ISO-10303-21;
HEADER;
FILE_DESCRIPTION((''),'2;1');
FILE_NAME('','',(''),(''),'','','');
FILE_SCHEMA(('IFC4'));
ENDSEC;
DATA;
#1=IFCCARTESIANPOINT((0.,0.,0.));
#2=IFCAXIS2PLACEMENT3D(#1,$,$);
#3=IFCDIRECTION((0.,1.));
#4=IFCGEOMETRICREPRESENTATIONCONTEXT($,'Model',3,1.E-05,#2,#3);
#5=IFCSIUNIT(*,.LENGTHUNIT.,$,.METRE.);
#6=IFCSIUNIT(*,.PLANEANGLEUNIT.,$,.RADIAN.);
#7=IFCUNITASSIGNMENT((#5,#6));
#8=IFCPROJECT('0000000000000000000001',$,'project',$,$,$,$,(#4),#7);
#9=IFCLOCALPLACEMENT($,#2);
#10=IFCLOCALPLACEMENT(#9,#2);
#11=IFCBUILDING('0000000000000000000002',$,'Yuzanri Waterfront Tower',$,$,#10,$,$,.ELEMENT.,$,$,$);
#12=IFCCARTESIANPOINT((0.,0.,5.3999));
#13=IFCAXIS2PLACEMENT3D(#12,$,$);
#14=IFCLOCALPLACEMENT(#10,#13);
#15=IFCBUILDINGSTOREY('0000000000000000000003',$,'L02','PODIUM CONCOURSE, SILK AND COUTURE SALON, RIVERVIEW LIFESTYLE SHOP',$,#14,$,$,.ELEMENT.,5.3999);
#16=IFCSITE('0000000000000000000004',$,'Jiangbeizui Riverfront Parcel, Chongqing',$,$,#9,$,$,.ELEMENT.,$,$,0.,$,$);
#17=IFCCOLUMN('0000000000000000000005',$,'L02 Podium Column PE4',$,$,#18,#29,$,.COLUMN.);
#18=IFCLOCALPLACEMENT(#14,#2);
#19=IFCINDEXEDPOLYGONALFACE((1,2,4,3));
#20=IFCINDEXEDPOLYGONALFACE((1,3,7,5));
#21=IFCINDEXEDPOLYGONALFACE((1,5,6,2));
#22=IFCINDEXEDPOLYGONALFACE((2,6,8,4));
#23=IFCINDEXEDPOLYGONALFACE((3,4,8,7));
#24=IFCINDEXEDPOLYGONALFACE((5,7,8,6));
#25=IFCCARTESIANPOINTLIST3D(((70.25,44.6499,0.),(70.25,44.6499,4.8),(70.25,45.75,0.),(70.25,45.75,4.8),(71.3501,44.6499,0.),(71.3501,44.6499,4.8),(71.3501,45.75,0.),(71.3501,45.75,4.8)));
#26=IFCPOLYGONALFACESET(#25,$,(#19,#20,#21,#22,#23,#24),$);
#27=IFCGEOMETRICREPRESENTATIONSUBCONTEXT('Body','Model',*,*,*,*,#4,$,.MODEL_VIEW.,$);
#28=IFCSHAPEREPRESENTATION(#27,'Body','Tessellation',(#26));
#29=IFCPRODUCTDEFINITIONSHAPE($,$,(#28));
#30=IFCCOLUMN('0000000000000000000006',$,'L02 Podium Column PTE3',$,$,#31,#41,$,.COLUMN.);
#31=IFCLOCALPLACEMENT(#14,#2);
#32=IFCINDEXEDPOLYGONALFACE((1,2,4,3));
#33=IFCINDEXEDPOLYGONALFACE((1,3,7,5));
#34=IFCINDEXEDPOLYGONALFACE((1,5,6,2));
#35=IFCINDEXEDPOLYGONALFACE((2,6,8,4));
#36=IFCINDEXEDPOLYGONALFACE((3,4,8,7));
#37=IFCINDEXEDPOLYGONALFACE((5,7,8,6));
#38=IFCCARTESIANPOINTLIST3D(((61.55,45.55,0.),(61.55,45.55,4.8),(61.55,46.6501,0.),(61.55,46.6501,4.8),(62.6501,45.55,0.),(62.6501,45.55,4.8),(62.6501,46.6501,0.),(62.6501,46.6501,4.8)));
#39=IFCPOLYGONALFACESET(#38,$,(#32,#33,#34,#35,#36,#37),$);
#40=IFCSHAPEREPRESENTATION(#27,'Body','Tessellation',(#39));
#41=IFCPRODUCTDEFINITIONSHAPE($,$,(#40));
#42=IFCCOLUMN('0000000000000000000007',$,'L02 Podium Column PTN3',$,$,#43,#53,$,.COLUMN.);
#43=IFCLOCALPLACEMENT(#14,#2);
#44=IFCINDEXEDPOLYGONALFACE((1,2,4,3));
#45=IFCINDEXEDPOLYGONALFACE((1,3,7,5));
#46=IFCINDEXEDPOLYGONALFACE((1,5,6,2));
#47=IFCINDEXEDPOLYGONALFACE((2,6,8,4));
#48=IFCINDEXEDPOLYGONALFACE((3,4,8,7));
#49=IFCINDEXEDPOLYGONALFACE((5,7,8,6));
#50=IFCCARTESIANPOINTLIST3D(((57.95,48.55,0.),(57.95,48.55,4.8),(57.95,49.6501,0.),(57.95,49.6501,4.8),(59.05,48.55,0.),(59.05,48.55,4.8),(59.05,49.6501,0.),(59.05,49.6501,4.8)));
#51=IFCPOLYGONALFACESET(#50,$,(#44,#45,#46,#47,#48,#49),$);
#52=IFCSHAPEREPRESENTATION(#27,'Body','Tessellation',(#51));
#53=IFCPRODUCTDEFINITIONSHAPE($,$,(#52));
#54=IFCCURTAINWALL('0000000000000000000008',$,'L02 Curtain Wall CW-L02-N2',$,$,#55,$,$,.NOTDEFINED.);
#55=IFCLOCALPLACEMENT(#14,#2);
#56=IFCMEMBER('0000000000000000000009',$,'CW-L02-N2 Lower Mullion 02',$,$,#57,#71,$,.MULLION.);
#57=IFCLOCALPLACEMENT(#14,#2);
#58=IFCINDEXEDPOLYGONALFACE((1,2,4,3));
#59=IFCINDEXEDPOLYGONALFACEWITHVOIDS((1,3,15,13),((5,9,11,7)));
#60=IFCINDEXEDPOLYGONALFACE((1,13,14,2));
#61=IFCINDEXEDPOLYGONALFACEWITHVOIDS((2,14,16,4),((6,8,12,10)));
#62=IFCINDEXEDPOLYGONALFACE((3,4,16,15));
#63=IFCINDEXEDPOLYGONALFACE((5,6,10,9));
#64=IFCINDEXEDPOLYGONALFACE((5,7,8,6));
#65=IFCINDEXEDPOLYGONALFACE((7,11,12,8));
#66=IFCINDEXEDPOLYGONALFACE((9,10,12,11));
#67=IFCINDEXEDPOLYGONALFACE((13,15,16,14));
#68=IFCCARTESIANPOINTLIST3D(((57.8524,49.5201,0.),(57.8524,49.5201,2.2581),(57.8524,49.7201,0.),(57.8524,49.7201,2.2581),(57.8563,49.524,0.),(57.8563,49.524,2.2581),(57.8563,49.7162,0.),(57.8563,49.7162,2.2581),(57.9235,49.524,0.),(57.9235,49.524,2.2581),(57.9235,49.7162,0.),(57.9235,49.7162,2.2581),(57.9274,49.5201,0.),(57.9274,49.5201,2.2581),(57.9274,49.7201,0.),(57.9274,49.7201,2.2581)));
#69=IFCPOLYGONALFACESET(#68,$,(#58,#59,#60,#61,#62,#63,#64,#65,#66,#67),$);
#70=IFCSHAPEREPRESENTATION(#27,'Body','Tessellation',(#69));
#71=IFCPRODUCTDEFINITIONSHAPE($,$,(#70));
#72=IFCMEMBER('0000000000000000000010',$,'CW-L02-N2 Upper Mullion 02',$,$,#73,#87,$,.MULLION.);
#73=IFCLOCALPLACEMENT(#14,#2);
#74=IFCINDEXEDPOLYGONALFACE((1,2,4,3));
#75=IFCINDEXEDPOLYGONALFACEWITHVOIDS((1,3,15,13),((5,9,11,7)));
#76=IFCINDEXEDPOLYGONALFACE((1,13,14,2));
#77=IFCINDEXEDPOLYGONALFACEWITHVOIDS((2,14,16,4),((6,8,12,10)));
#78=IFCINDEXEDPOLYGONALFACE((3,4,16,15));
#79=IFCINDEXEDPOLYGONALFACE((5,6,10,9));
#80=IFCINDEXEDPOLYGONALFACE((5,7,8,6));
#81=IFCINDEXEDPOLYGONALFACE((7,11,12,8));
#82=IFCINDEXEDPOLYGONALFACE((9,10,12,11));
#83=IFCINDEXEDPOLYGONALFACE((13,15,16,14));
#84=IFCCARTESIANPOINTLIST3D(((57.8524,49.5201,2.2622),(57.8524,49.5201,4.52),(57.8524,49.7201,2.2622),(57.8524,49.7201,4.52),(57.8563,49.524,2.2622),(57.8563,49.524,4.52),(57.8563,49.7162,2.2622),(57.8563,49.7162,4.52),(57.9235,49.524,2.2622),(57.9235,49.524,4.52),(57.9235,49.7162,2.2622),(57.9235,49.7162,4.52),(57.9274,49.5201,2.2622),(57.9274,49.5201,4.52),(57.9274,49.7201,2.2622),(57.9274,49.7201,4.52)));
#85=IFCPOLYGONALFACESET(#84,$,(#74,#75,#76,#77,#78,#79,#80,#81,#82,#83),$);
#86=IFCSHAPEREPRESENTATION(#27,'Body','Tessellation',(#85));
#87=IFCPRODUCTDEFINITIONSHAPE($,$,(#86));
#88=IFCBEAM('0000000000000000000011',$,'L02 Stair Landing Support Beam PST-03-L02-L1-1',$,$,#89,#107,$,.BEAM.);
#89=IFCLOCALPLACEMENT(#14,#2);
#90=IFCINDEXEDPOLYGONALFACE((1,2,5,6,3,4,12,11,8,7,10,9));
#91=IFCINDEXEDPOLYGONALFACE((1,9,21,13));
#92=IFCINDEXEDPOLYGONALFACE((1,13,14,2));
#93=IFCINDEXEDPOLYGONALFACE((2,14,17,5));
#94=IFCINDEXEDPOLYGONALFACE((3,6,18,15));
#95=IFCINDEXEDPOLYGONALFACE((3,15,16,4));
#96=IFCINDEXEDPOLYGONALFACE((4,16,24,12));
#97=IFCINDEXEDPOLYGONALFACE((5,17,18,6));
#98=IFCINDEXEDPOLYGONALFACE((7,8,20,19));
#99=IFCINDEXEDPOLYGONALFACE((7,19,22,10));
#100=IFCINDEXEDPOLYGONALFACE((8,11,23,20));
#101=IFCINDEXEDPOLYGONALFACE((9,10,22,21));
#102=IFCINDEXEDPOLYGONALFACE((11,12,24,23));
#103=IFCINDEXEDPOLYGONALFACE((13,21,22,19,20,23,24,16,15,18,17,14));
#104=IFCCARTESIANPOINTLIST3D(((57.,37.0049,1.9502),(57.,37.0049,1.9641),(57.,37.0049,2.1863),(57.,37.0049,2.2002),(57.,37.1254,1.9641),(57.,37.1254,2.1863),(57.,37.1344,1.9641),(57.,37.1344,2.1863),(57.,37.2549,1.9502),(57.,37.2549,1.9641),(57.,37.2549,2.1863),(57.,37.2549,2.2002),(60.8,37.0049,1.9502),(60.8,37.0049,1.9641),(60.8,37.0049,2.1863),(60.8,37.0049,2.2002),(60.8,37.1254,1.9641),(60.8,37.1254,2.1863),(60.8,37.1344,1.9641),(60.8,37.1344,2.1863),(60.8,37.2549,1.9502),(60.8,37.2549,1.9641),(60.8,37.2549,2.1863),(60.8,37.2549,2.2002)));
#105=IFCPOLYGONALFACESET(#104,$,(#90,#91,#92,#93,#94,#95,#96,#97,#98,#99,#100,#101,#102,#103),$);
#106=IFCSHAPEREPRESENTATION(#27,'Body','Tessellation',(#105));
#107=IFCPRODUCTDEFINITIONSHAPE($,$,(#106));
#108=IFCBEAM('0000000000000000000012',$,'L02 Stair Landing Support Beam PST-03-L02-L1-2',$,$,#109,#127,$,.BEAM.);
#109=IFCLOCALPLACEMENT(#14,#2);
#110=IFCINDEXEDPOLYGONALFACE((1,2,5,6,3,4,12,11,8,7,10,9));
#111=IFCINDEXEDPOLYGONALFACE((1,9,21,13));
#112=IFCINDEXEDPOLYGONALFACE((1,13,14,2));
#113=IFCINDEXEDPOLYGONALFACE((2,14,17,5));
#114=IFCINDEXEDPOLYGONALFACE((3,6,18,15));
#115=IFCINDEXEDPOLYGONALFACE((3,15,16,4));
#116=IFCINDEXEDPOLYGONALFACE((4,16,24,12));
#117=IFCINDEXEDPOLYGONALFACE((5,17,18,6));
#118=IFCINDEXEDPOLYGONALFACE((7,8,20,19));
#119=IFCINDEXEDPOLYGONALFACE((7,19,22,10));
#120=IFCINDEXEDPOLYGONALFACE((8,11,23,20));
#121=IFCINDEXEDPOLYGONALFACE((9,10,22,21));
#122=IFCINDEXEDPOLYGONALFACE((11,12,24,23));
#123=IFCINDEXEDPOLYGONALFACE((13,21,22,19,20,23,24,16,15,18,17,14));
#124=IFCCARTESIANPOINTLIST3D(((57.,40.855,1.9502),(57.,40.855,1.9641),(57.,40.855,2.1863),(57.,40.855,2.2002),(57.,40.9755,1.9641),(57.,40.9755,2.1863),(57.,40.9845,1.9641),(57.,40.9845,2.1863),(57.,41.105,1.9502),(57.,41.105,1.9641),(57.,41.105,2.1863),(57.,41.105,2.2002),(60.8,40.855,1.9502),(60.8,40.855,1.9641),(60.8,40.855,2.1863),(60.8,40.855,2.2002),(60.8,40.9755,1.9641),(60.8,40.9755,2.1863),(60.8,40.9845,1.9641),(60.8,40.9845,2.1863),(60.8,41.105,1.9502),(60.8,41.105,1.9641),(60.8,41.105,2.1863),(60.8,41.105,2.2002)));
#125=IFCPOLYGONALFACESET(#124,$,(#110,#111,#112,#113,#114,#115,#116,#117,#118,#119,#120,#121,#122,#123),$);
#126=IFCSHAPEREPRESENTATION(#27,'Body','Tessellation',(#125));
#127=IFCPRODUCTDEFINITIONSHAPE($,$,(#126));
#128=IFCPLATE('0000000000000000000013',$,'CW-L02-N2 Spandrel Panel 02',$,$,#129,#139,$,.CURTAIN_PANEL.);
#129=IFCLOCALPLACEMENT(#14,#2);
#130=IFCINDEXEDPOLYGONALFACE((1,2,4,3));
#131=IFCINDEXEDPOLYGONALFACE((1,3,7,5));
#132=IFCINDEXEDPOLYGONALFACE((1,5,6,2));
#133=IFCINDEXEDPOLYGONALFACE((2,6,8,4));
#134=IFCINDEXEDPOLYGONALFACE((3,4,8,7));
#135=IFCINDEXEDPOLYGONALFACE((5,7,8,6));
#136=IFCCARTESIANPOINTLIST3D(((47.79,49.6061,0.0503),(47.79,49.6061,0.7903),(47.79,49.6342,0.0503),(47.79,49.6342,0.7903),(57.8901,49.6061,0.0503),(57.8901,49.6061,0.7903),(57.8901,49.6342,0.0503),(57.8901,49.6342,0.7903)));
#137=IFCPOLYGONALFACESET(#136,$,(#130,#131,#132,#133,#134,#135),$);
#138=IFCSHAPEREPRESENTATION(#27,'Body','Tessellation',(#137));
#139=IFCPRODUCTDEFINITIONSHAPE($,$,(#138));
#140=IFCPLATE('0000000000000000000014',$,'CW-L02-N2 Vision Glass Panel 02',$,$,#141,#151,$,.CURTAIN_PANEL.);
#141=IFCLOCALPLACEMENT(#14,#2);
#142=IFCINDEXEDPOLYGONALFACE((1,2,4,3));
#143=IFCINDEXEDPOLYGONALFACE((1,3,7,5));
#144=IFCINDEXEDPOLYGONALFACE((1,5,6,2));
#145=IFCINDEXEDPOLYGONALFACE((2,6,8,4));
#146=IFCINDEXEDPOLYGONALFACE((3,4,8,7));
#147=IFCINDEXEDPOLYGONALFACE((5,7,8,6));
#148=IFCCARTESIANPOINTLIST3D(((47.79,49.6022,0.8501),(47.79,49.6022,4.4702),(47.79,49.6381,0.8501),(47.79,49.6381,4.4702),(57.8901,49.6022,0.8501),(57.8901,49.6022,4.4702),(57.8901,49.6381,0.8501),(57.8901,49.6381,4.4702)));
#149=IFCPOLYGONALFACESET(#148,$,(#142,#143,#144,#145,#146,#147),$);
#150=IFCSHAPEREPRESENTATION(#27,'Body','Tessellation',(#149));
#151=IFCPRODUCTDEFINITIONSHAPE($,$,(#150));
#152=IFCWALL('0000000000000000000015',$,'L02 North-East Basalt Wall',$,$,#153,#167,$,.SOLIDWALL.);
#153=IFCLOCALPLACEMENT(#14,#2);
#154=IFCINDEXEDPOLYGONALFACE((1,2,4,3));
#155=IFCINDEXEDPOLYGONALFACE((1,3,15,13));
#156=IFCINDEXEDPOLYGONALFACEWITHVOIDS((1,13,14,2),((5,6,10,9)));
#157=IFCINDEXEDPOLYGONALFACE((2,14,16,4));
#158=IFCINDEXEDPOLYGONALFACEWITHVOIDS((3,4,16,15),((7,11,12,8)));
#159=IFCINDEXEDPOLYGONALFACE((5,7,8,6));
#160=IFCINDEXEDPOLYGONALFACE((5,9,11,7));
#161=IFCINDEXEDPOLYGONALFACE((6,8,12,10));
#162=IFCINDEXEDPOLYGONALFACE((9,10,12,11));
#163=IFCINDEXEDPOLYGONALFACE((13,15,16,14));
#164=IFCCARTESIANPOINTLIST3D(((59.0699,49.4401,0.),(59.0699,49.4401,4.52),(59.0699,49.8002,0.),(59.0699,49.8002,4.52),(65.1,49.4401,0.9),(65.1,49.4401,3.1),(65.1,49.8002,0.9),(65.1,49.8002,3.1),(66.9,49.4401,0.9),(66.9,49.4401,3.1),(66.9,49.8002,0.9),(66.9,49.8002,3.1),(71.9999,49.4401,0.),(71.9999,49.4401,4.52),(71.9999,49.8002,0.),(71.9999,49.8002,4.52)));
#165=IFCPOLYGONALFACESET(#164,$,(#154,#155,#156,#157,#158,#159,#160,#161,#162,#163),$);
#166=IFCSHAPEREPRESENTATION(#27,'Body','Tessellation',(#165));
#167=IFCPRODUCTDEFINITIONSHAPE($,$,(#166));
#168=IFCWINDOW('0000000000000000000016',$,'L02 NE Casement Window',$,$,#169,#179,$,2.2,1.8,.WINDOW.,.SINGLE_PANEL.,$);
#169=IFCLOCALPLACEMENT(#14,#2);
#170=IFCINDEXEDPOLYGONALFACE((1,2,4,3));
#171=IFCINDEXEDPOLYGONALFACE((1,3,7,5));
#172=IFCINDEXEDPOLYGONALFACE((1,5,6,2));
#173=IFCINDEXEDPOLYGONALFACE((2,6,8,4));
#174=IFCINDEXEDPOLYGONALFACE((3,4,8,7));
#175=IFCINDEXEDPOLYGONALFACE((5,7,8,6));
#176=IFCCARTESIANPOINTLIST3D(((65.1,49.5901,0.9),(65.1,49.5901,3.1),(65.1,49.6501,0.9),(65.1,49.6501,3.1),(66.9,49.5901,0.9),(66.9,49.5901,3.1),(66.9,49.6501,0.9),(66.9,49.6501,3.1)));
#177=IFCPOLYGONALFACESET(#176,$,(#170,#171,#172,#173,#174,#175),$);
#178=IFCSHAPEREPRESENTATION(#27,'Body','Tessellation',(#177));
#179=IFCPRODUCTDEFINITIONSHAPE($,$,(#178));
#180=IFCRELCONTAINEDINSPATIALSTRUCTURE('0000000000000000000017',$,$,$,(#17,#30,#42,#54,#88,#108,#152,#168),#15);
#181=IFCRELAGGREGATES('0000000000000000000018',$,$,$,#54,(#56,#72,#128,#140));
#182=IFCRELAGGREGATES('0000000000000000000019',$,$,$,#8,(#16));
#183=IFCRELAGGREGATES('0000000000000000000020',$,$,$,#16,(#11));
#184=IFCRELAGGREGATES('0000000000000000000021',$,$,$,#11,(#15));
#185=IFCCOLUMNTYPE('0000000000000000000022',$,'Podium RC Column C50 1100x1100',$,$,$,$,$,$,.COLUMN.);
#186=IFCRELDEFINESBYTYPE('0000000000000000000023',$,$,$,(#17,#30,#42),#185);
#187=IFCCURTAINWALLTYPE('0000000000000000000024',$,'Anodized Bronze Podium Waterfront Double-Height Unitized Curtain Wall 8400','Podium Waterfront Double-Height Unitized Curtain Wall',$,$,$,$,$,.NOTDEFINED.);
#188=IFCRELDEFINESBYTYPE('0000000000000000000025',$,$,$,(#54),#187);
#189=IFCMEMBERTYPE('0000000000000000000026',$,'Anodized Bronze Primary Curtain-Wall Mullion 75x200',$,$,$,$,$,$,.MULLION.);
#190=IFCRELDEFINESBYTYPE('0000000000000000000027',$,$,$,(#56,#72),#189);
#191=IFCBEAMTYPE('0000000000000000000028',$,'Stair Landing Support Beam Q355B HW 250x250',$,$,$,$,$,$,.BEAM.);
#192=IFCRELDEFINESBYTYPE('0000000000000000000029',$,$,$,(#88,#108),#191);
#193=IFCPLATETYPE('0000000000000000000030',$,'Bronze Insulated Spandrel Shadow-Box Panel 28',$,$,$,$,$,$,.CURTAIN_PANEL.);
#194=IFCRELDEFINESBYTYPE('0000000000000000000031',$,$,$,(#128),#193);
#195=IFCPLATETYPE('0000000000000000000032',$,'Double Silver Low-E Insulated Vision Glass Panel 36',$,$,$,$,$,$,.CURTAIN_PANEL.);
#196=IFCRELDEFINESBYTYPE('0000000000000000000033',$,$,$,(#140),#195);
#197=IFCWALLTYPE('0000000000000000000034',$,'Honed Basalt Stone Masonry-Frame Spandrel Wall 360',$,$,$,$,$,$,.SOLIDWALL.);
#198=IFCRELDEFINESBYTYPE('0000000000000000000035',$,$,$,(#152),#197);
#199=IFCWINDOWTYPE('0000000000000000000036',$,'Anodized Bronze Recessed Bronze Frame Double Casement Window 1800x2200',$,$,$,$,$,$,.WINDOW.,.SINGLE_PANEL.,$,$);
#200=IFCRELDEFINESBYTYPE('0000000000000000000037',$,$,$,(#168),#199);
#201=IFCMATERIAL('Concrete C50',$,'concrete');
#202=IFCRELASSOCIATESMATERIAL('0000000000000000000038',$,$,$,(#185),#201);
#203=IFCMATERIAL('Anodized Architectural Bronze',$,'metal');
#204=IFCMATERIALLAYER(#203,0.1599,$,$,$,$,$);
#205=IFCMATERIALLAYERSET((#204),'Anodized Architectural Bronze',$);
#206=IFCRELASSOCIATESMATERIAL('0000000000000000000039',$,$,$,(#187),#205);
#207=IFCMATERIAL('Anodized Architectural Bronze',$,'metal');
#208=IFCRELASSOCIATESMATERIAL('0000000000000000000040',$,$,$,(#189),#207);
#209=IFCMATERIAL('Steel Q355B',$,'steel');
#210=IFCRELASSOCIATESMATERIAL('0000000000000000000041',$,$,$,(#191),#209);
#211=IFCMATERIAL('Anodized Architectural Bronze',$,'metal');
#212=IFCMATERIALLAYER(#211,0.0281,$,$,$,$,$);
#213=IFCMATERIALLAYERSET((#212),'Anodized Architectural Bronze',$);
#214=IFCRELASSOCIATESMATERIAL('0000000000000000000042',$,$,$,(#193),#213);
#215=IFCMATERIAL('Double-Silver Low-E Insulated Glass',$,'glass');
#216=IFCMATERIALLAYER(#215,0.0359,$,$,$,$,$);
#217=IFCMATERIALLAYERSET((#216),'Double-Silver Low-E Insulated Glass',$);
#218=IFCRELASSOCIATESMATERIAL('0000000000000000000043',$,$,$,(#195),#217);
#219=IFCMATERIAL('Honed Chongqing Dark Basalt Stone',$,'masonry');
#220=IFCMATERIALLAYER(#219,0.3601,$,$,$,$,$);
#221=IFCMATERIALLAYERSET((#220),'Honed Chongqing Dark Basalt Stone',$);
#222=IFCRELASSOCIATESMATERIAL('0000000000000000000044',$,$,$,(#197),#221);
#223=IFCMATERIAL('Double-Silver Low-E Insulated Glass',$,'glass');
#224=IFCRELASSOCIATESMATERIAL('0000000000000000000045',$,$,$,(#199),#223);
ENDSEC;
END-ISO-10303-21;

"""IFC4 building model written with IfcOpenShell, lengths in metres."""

from ifc_helpers import new_model, si_unit, direction, frame, frame_2d, origin, origin_2d, place, context, subcontext, project, spatial, rectangle, hollow_rectangle, i_section, extrude, source, transform, mapped, material, layer, layer_set, material_profile, profile_set, type_object, element, fill, aggregate, save


model = new_model("IFC4")

# Units and contexts
model_context = context("Model", 3, precision=1e-05, world=origin(), true_north=direction((0.0, 1.0)))
body_context = subcontext(model_context, "Body", "Model", "MODEL_VIEW")
ifc_project = project(units=[si_unit("LENGTHUNIT", "METRE"), si_unit("PLANEANGLEUNIT", "RADIAN")], contexts=[model_context])

# Site, building, storey
site_placement = place(None, origin())
site = spatial("IfcSite", under=ifc_project, at=site_placement, Name="Jiangbeizui Riverfront Parcel, Chongqing", CompositionType="ELEMENT", RefElevation=0.0)
building_placement = place(site_placement, origin())
building = spatial("IfcBuilding", under=site, at=building_placement, Name="Yuzanri Waterfront Tower", CompositionType="ELEMENT")
storey_placement = place(building_placement, frame((0.0, 0.0, 5.3999)))
storey = spatial("IfcBuildingStorey", under=building, at=storey_placement, Name="L02", Description="PODIUM CONCOURSE, SILK AND COUTURE SALON, RIVERVIEW LIFESTYLE SHOP", CompositionType="ELEMENT", Elevation=5.3999)

# Columns
ifc_material_1 = material(Name="Concrete C50", Category="concrete")
ifc_material_profile_1 = material_profile(ifc_material_1, rectangle(XDim=1.1001, YDim=1.1001, at=origin_2d()), Name="RC 1100x1100")
ifc_profile_set_1 = profile_set([ifc_material_profile_1], Name="Concrete C50")
column_type = type_object("IfcColumnType", Name="Podium RC Column C50 1100x1100", PredefinedType="COLUMN", material=ifc_profile_set_1)
shared_shape_1 = source(origin(), body_context, "Body", "SweptSolid", [
    extrude(rectangle(XDim=1.1001, YDim=1.1001, at=origin_2d()), origin(), (0.0, 0.0, 1.0), 4.8),
])
for number, where, z_axis, x_axis, name in (
    (1, (70.8, 45.2, 0.0), (0.0, 0.0, 1.0), (1.0, 0.0, 0.0), "L02 Podium Column PE4"),
    (2, (62.1001, 46.1001, 0.0), (0.0, 0.0, 1.0), (1.0, 0.0, 0.0), "L02 Podium Column PTE3"),
    (3, (58.5, 49.1001, 0.0), (0.0, 0.0, 1.0), (1.0, 0.0, 0.0), "L02 Podium Column PTN3"),
):
    element("IfcColumn", number, at=place(storey_placement, frame(where, z_axis=z_axis, x_axis=x_axis)), inside=storey, type_object=column_type, Name=name, PredefinedType="COLUMN", context=body_context, shape_type="MappedRepresentation", body=[
        mapped(shared_shape_1, transform((0.0, 0.0, 0.0), scale=1.0)),
    ])

# Curtain wall, members
ifc_material_2 = material(Name="Anodized Architectural Bronze", Category="metal")
ifc_layer_1 = layer(ifc_material_2, 0.1599)
ifc_layer_set_1 = layer_set([ifc_layer_1], Name="Anodized Architectural Bronze")
curtain_wall_type = type_object("IfcCurtainWallType", Name="Anodized Bronze Podium Waterfront Double-Height Unitized Curtain Wall 8400", Description="Podium Waterfront Double-Height Unitized Curtain Wall", PredefinedType="NOTDEFINED", material=ifc_layer_set_1)
curtain_wall_placement = place(storey_placement, origin())
curtain_wall = element("IfcCurtainWall", 4, at=curtain_wall_placement, inside=storey, type_object=curtain_wall_type, Name="L02 Curtain Wall CW-L02-N2", PredefinedType="NOTDEFINED")
ifc_material_3 = material(Name="Anodized Architectural Bronze", Category="metal")
ifc_material_profile_2 = material_profile(ifc_material_3, hollow_rectangle(XDim=0.075, YDim=0.2, WallThickness=0.0039, at=origin_2d()), Name="CWM 75x200")
ifc_profile_set_2 = profile_set([ifc_material_profile_2], Name="Anodized Architectural Bronze")
member_type = type_object("IfcMemberType", Name="Anodized Bronze Primary Curtain-Wall Mullion 75x200", PredefinedType="MULLION", material=ifc_profile_set_2)
shared_shape_2 = source(origin(), body_context, "Body", "SweptSolid", [
    extrude(hollow_rectangle(XDim=0.075, YDim=0.2, WallThickness=0.0039, at=origin_2d()), origin(), (0.0, 0.0, 1.0), 2.2581),
])
member_1_placement = place(storey_placement, frame((57.8899, 49.6201, 0.0), z_axis=(0.0, 0.0, 1.0), x_axis=(1.0, 0.0, 0.0)))
member_1 = element("IfcMember", 5, at=member_1_placement, type_object=member_type, Name="CW-L02-N2 Lower Mullion 02", PredefinedType="MULLION", context=body_context, shape_type="MappedRepresentation", body=[
    mapped(shared_shape_2, transform((0.0, 0.0, 0.0), scale=1.0)),
])
shared_shape_3 = source(origin(), body_context, "Body", "SweptSolid", [
    extrude(hollow_rectangle(XDim=0.075, YDim=0.2, WallThickness=0.0039, at=origin_2d()), origin(), (0.0, 0.0, 1.0), 2.2578),
])
member_2_placement = place(storey_placement, frame((57.8899, 49.6201, 2.2622), z_axis=(0.0, 0.0, 1.0), x_axis=(1.0, 0.0, 0.0)))
member_2 = element("IfcMember", 6, at=member_2_placement, type_object=member_type, Name="CW-L02-N2 Upper Mullion 02", PredefinedType="MULLION", context=body_context, shape_type="MappedRepresentation", body=[
    mapped(shared_shape_3, transform((0.0, 0.0, 0.0), scale=1.0)),
])

# Beams
ifc_material_4 = material(Name="Steel Q355B", Category="steel")
ifc_material_profile_3 = material_profile(ifc_material_4, i_section(OverallWidth=0.25, OverallDepth=0.25, WebThickness=0.009, FlangeThickness=0.0139, at=origin_2d()), Name="HW 250x250x9x14")
ifc_profile_set_3 = profile_set([ifc_material_profile_3], Name="Steel Q355B")
beam_type = type_object("IfcBeamType", Name="Stair Landing Support Beam Q355B HW 250x250", PredefinedType="BEAM", material=ifc_profile_set_3)
shared_shape_4 = source(origin(), body_context, "Body", "SweptSolid", [
    extrude(i_section(OverallWidth=0.25, OverallDepth=0.25, WebThickness=0.009, FlangeThickness=0.0139, at=origin_2d()), origin(), (0.0, 0.0, 1.0), 3.8),
])
for number, where, z_axis, x_axis, name in (
    (7, (57.0, 37.1299, 2.0752), (1.0, 0.0, 0.0), (0.0, 1.0, 0.0), "L02 Stair Landing Support Beam PST-03-L02-L1-1"),
    (8, (57.0, 40.98, 2.0752), (1.0, 0.0, 0.0), (0.0, 1.0, 0.0), "L02 Stair Landing Support Beam PST-03-L02-L1-2"),
):
    element("IfcBeam", number, at=place(storey_placement, frame(where, z_axis=z_axis, x_axis=x_axis)), inside=storey, type_object=beam_type, Name=name, PredefinedType="BEAM", context=body_context, shape_type="MappedRepresentation", body=[
        mapped(shared_shape_4, transform((0.0, 0.0, 0.0), scale=1.0)),
    ])

# Plates
ifc_material_5 = material(Name="Anodized Architectural Bronze", Category="metal")
ifc_layer_2 = layer(ifc_material_5, 0.0281)
ifc_layer_set_2 = layer_set([ifc_layer_2], Name="Anodized Architectural Bronze")
plate_type_1 = type_object("IfcPlateType", Name="Bronze Insulated Spandrel Shadow-Box Panel 28", PredefinedType="CURTAIN_PANEL", material=ifc_layer_set_2)
shared_shape_5 = source(origin(), body_context, "Body", "SweptSolid", [
    extrude(rectangle(XDim=10.1001, YDim=0.0281, at=origin_2d()), origin(), (0.0, 0.0, 1.0), 0.74),
])
plate_1_placement = place(storey_placement, frame((52.8401, 49.6201, 0.0503), z_axis=(0.0, 0.0, 1.0), x_axis=(1.0, 0.0, 0.0)))
plate_1 = element("IfcPlate", 9, at=plate_1_placement, type_object=plate_type_1, Name="CW-L02-N2 Spandrel Panel 02", PredefinedType="CURTAIN_PANEL", context=body_context, shape_type="MappedRepresentation", body=[
    mapped(shared_shape_5, transform((0.0, 0.0, 0.0), scale=1.0)),
])
ifc_material_6 = material(Name="Double-Silver Low-E Insulated Glass", Category="glass")
ifc_layer_3 = layer(ifc_material_6, 0.0359)
ifc_layer_set_3 = layer_set([ifc_layer_3], Name="Double-Silver Low-E Insulated Glass")
plate_type_2 = type_object("IfcPlateType", Name="Double Silver Low-E Insulated Vision Glass Panel 36", PredefinedType="CURTAIN_PANEL", material=ifc_layer_set_3)
shared_shape_6 = source(origin(), body_context, "Body", "SweptSolid", [
    extrude(rectangle(XDim=10.1001, YDim=0.0359, at=origin_2d()), origin(), (0.0, 0.0, 1.0), 3.6201),
])
plate_2_placement = place(storey_placement, frame((52.8401, 49.6201, 0.8501), z_axis=(0.0, 0.0, 1.0), x_axis=(1.0, 0.0, 0.0)))
plate_2 = element("IfcPlate", 10, at=plate_2_placement, type_object=plate_type_2, Name="CW-L02-N2 Vision Glass Panel 02", PredefinedType="CURTAIN_PANEL", context=body_context, shape_type="MappedRepresentation", body=[
    mapped(shared_shape_6, transform((0.0, 0.0, 0.0), scale=1.0)),
])
aggregate(curtain_wall, [member_1, member_2, plate_1, plate_2])

# Wall, opening, window
ifc_material_7 = material(Name="Honed Chongqing Dark Basalt Stone", Category="masonry")
ifc_layer_4 = layer(ifc_material_7, 0.3601)
ifc_layer_set_4 = layer_set([ifc_layer_4], Name="Honed Chongqing Dark Basalt Stone")
wall_type_1 = type_object("IfcWallType", Name="Honed Basalt Stone Masonry-Frame Spandrel Wall 360", PredefinedType="SOLIDWALL", material=ifc_layer_set_4)
wall_1_placement = place(storey_placement, frame((59.0701, 49.6201, 0.0), z_axis=(0.0, 0.0, 1.0), x_axis=(1.0, 0.0, 0.0)))
wall_1 = element("IfcWall", 11, at=wall_1_placement, inside=storey, type_object=wall_type_1, Name="L02 North-East Basalt Wall", PredefinedType="SOLIDWALL", context=body_context, shape_type="SweptSolid", body=[
    extrude(rectangle(XDim=12.9299, YDim=0.3601, at=frame_2d((6.4648, 0.0))), origin(), (0.0, 0.0, 1.0), 4.52),
])
opening_placement = place(wall_1_placement, frame((6.03, 0.0, 0.8999)))
opening = element("IfcOpeningElement", 12, at=opening_placement, cuts=wall_1, PredefinedType="OPENING", context=body_context, shape_type="SweptSolid", body=[
    extrude(rectangle(XDim=1.8, YDim=2.2, at=frame_2d((0.8999, 1.1001))), frame((0.0, 0.1948, 0.0), z_axis=(0.0, -1.0, 0.0), x_axis=(1.0, 0.0, 0.0)), (0.0, 0.0, 1.0), 0.3899),
])
ifc_material_8 = material(Name="Double-Silver Low-E Insulated Glass", Category="glass")
window_type = type_object("IfcWindowType", Name="Anodized Bronze Recessed Bronze Frame Double Casement Window 1800x2200", PartitioningType="SINGLE_PANEL", PredefinedType="WINDOW", material=ifc_material_8)
shared_shape_7 = source(origin(), body_context, "Body", "SweptSolid", [
    extrude(rectangle(XDim=1.8, YDim=2.2, at=frame_2d((0.8999, 1.1001))), frame((0.0, 0.03, 0.0), z_axis=(0.0, -1.0, 0.0), x_axis=(1.0, 0.0, 0.0)), (0.0, 0.0, 1.0), 0.0601),
])
window_placement = place(opening_placement, origin())
window = element("IfcWindow", 13, at=window_placement, inside=storey, type_object=window_type, Name="L02 NE Casement Window", OverallHeight=2.2, OverallWidth=1.8, PartitioningType="SINGLE_PANEL", PredefinedType="WINDOW", context=body_context, shape_type="MappedRepresentation", body=[
    mapped(shared_shape_7, transform((0.0, 0.0, 0.0), scale=1.0)),
])
fill(opening, window)

save(model, "model.ifc")
